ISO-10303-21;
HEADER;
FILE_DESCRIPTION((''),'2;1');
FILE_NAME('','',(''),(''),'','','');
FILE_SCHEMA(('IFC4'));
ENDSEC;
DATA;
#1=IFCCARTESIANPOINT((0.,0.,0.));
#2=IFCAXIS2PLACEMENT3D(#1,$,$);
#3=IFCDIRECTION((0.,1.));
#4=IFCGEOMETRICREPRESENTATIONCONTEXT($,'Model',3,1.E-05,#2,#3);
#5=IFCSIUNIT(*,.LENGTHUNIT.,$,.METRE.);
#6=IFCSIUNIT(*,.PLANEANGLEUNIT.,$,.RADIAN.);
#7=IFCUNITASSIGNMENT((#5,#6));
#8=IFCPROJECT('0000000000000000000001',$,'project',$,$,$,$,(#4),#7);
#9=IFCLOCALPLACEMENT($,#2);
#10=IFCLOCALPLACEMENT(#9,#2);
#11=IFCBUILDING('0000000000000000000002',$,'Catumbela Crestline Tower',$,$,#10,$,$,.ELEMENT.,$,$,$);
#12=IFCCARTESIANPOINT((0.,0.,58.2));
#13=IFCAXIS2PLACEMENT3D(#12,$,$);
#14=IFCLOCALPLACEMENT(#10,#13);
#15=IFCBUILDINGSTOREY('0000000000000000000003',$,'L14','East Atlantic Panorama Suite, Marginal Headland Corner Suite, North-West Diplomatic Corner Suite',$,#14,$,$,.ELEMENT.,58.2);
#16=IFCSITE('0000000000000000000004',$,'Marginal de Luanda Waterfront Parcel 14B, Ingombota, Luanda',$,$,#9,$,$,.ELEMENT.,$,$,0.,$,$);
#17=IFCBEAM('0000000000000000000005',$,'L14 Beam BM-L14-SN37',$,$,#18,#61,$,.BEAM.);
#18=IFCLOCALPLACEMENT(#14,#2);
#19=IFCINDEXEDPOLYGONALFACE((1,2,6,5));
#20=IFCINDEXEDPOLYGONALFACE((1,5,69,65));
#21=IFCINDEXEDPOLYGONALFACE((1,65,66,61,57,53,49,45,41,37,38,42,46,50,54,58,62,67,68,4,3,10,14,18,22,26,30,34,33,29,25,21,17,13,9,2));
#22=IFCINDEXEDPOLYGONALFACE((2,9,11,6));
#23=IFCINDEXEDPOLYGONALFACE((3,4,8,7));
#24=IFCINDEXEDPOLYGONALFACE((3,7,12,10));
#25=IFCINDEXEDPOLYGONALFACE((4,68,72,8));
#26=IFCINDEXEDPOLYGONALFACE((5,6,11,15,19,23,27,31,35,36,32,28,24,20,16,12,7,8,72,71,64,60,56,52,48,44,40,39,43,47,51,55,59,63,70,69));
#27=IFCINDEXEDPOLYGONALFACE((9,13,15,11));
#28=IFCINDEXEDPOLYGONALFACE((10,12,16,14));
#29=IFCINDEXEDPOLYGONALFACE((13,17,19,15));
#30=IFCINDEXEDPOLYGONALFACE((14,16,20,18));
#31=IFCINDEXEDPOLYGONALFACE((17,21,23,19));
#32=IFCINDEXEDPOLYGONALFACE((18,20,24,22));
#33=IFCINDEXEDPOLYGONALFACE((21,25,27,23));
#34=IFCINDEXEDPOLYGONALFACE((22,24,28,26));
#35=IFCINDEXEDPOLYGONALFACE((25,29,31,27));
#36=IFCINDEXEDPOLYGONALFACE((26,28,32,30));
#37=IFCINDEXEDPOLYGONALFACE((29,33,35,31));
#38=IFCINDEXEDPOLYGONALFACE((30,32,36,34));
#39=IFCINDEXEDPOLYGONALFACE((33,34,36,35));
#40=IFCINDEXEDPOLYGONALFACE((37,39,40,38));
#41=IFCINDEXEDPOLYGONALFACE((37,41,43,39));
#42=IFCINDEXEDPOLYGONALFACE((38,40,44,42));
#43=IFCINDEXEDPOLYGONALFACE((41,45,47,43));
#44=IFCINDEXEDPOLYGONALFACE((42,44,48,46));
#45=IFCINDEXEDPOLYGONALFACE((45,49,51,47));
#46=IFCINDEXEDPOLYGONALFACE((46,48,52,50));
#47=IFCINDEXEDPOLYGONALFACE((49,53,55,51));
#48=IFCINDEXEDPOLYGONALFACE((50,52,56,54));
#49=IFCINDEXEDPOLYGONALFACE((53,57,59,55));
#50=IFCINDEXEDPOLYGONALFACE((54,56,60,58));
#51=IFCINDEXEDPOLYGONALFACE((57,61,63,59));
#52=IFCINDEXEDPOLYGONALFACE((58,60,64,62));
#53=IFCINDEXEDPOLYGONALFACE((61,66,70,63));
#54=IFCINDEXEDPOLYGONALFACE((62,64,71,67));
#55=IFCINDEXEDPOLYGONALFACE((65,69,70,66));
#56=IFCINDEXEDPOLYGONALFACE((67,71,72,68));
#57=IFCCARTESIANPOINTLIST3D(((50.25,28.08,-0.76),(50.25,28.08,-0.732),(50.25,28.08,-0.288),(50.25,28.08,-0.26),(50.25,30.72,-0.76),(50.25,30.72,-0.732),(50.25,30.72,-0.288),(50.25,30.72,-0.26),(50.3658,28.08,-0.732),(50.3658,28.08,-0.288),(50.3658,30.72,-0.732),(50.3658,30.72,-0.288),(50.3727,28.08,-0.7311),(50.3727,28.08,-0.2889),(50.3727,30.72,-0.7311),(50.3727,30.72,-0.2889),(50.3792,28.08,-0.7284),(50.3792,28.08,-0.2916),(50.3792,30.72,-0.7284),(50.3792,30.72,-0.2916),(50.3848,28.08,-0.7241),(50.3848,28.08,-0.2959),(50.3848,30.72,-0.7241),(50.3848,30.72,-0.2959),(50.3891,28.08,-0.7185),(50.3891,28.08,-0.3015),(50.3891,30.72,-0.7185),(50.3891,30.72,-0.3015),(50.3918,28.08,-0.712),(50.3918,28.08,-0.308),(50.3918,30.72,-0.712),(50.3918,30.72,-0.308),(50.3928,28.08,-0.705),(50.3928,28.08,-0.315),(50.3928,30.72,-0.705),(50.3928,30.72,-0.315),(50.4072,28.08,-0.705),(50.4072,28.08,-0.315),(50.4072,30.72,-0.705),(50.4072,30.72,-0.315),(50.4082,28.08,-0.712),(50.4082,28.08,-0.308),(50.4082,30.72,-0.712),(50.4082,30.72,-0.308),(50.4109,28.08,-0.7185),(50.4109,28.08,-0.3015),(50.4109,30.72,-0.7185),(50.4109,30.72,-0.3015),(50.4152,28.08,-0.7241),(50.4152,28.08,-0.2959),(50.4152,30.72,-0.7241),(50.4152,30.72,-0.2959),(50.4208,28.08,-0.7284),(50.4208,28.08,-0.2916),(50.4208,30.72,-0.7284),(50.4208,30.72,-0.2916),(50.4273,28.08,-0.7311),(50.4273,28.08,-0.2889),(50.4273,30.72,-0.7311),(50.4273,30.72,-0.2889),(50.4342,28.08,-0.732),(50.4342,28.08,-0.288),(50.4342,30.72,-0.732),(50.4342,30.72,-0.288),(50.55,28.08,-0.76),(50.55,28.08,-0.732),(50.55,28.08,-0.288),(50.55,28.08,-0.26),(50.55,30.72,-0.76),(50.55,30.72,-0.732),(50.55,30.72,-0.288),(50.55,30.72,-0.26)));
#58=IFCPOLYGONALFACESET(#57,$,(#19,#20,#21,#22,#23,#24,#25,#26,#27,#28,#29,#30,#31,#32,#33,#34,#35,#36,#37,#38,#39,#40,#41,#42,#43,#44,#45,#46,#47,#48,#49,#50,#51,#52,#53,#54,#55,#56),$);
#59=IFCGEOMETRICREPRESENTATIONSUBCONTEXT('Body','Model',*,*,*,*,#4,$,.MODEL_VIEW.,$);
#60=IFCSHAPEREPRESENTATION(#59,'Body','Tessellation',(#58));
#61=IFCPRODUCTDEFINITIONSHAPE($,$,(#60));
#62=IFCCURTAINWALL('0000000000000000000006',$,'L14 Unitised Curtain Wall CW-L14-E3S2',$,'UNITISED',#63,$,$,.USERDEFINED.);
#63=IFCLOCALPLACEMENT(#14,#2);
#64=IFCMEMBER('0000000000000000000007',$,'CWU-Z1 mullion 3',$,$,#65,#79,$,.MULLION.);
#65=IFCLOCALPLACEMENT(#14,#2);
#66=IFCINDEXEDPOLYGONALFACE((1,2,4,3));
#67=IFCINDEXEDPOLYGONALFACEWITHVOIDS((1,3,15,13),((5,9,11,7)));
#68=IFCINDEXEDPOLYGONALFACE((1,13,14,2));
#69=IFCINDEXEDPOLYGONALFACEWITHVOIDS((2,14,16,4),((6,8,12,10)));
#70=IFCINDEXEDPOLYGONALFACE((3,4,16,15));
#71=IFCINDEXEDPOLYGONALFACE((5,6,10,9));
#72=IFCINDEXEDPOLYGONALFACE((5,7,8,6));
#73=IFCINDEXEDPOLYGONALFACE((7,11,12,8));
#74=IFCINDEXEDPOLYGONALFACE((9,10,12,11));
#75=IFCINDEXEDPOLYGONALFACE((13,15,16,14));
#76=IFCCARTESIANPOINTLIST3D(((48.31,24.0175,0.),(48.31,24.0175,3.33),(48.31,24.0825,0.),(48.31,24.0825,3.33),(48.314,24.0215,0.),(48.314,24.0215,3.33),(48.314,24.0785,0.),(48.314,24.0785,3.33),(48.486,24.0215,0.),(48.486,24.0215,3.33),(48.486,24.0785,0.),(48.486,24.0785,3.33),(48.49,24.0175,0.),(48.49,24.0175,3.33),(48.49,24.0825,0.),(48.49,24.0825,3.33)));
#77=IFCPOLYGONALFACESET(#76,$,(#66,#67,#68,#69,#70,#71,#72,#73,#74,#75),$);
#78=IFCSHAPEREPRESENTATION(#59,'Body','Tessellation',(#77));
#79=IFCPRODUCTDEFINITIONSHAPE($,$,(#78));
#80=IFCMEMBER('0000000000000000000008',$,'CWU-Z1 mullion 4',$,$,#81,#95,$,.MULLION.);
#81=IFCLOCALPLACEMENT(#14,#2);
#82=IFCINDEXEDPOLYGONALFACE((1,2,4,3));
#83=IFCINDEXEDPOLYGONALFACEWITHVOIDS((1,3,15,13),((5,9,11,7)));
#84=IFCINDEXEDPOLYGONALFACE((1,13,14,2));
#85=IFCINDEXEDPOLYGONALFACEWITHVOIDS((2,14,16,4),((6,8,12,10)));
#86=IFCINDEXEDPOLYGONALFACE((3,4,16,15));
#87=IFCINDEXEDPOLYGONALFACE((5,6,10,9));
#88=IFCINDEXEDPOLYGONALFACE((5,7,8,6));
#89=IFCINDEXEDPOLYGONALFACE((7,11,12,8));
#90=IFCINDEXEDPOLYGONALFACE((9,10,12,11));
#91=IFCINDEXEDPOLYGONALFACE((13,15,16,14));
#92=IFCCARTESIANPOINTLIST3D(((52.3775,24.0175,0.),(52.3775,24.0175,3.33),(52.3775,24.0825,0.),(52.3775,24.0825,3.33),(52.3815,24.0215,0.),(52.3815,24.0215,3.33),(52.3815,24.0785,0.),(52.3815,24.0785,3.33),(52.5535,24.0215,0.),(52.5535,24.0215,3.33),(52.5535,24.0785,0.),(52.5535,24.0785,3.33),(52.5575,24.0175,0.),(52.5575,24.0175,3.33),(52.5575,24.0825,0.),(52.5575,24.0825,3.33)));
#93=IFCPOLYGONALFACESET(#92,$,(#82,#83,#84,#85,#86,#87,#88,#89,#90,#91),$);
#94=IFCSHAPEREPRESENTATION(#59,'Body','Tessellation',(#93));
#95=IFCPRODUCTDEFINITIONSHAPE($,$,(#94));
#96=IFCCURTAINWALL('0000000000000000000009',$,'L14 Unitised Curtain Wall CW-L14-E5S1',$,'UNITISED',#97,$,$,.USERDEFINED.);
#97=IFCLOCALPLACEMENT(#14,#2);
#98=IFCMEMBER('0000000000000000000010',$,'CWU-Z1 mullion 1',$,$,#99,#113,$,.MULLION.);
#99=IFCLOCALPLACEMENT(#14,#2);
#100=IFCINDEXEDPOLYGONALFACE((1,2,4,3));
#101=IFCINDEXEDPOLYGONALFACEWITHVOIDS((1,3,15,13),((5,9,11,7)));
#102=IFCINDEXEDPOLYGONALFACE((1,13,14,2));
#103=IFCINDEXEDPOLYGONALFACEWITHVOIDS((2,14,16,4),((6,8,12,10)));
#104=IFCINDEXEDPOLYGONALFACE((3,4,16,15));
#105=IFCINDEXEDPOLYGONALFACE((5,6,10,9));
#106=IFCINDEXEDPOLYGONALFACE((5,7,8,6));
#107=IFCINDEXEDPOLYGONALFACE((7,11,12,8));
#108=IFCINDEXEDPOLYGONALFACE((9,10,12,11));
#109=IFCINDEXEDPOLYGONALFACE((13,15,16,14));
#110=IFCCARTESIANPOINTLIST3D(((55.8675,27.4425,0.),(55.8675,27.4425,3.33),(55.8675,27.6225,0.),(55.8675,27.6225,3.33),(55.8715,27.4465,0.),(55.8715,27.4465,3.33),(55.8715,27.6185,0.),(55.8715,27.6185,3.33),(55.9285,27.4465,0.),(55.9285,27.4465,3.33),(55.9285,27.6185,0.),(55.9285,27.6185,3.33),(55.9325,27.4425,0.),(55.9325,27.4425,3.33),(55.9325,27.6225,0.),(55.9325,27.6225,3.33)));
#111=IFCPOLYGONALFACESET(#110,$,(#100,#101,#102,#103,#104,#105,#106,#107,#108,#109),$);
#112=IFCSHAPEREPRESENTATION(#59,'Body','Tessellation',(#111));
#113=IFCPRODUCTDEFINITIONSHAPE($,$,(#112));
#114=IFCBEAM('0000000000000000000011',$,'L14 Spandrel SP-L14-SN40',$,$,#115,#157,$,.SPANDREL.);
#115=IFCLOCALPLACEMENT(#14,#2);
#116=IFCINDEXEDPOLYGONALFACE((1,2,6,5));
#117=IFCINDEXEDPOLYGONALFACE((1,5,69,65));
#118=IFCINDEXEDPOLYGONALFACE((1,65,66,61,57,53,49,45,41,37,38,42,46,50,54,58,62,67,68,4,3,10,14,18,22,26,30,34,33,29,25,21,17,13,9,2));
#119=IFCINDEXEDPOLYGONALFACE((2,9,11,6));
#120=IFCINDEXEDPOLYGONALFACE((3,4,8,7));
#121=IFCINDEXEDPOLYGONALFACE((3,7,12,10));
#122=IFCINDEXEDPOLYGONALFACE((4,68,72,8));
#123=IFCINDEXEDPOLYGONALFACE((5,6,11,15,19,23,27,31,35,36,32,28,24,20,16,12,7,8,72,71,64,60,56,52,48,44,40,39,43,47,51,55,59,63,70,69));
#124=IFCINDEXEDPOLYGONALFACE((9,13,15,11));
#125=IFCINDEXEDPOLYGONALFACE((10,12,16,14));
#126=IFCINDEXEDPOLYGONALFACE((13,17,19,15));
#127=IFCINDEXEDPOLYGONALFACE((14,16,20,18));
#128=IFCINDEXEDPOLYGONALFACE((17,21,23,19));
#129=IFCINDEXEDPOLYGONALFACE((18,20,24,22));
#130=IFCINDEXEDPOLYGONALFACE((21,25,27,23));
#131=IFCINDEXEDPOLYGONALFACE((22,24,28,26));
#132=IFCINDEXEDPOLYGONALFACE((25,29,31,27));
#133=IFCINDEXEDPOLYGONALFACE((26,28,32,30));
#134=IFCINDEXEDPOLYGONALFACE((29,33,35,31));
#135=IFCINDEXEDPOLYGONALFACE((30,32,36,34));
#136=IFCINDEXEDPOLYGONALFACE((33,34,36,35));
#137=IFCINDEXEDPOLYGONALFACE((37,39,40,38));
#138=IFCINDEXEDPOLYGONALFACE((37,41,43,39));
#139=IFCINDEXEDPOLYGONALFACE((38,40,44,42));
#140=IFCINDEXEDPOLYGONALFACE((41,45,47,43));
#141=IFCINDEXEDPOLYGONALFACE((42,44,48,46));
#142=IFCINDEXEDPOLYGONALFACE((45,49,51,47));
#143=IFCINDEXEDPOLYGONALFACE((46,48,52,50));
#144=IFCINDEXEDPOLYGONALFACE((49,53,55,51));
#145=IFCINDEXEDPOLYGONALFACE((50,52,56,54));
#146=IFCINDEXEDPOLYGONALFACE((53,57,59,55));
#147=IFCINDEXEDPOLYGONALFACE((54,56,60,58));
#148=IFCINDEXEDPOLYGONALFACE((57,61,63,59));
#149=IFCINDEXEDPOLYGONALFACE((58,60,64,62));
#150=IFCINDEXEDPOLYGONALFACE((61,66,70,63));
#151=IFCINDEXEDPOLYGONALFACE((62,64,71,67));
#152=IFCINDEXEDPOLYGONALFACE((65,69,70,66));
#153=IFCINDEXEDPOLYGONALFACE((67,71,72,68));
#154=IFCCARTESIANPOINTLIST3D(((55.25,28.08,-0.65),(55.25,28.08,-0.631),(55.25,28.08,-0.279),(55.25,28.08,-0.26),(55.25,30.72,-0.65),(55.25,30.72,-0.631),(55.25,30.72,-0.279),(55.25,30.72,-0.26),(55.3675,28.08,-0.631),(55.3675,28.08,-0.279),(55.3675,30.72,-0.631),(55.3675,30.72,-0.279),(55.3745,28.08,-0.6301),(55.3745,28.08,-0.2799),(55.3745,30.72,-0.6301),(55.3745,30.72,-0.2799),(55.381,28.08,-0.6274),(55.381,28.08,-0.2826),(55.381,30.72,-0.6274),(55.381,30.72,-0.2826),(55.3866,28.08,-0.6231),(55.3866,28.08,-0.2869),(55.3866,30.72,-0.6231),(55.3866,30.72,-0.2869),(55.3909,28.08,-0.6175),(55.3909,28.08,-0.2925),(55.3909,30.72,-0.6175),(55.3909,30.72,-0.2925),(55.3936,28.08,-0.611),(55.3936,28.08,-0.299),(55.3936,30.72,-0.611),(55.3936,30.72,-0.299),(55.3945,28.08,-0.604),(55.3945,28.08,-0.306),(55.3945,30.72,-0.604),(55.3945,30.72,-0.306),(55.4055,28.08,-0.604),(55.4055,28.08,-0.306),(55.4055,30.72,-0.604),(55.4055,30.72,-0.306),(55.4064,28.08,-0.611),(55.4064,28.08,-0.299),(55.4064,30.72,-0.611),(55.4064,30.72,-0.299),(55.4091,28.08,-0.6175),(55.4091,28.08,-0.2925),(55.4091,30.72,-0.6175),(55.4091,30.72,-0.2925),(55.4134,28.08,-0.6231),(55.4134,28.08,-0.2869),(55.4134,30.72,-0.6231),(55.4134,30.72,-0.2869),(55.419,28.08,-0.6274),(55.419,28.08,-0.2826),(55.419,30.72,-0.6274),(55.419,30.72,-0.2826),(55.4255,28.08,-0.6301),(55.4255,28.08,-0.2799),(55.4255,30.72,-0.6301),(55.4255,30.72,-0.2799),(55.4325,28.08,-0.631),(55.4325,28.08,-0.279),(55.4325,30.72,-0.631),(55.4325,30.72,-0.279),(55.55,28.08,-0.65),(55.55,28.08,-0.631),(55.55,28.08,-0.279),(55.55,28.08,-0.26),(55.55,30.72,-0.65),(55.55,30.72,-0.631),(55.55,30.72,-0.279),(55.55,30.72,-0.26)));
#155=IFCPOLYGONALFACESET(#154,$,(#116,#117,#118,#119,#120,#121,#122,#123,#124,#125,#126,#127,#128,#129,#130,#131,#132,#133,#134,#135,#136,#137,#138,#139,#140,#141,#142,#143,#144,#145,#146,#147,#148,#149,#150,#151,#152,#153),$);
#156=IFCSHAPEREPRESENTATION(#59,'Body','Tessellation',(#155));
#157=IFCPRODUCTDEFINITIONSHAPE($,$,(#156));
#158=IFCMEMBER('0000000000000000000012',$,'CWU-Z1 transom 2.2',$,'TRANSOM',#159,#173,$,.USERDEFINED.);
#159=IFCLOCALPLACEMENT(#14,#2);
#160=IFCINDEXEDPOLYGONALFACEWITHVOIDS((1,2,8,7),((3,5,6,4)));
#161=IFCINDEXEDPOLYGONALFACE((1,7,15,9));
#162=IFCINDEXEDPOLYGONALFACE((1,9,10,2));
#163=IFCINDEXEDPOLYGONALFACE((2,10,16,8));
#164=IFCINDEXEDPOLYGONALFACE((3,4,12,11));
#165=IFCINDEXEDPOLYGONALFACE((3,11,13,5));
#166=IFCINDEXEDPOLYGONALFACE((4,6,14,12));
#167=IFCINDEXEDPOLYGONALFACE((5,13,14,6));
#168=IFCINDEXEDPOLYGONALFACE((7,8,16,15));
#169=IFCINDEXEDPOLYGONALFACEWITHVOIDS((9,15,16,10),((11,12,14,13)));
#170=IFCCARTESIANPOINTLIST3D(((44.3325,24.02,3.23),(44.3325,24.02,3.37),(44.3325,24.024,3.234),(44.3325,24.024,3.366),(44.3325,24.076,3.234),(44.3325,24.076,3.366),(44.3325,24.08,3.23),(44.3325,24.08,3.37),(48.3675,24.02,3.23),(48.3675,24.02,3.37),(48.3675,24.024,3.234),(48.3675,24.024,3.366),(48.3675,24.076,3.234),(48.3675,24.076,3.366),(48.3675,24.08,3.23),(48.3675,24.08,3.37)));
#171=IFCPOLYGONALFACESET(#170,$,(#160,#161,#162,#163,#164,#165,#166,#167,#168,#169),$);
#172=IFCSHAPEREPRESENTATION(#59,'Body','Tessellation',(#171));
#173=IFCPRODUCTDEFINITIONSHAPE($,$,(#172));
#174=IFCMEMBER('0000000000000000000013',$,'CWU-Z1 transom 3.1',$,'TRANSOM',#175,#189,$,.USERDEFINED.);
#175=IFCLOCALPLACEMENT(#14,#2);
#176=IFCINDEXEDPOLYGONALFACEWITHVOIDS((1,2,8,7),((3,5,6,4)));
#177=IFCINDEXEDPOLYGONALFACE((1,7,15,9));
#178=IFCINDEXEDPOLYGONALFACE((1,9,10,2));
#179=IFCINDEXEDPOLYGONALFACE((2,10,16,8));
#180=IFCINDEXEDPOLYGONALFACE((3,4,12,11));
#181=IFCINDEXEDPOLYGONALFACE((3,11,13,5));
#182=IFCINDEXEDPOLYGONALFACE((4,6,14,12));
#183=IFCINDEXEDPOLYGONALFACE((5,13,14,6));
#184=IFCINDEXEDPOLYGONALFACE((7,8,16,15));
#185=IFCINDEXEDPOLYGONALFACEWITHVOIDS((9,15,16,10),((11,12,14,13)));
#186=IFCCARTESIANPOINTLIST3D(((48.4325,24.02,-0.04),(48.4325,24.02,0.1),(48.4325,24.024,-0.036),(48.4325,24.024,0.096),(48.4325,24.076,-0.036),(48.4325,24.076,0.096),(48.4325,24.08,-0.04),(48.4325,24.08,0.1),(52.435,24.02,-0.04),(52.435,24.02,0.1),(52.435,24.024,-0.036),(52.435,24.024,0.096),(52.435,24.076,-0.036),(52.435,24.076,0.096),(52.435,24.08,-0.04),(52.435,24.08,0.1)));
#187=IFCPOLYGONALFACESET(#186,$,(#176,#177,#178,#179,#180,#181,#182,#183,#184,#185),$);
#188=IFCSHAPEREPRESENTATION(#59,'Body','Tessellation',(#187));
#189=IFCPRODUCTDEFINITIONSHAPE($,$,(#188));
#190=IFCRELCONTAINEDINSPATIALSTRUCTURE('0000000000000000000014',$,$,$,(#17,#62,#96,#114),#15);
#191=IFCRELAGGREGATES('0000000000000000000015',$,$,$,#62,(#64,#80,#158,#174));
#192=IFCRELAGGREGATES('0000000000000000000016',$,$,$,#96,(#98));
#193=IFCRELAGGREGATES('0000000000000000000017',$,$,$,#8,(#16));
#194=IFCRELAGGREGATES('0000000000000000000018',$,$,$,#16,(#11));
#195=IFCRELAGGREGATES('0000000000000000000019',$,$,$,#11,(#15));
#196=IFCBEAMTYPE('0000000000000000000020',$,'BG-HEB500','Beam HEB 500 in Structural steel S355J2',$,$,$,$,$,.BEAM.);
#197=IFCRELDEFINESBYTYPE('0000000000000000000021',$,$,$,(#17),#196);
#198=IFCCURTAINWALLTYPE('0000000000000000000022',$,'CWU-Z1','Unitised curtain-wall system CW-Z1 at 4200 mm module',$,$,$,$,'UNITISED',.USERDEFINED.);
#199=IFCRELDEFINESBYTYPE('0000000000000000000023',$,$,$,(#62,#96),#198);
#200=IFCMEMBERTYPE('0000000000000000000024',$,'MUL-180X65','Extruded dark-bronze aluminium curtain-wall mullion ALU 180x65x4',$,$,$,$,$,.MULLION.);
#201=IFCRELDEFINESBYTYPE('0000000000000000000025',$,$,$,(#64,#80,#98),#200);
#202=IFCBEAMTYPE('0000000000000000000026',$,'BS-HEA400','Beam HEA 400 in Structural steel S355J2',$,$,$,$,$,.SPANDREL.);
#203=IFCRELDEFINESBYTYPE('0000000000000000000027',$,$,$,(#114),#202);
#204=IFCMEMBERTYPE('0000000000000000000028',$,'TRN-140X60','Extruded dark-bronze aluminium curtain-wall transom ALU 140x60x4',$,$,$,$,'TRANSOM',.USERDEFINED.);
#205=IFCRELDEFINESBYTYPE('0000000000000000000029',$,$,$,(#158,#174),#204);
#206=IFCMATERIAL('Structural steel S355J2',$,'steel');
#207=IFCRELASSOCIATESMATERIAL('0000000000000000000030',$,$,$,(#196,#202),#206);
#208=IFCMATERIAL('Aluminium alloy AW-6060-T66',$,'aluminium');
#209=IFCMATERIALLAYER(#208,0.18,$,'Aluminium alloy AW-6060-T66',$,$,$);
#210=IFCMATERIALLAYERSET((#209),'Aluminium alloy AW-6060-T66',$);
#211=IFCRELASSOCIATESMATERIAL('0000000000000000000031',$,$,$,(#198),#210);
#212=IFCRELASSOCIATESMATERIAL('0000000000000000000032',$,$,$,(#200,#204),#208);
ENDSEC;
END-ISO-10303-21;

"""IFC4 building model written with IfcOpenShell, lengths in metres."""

from ifc_helpers import new_model, si_unit, direction, frame, origin, origin_2d, place, context, subcontext, project, spatial, hollow_rectangle, i_section, extrude, material, layer, layer_set, material_profile, profile_set, type_object, element, aggregate, save


model = new_model("IFC4")

# Units and contexts
model_context = context("Model", 3, precision=1e-05, world=origin(), true_north=direction((0.0, 1.0)))
body_context = subcontext(model_context, "Body", "Model", "MODEL_VIEW")
ifc_project = project(units=[si_unit("LENGTHUNIT", "METRE"), si_unit("PLANEANGLEUNIT", "RADIAN")], contexts=[model_context])

# Site, building, storey
site_placement = place(None, origin())
site = spatial("IfcSite", under=ifc_project, at=site_placement, Name="Marginal de Luanda Waterfront Parcel 14B, Ingombota, Luanda", CompositionType="ELEMENT", RefElevation=0.0)
building_placement = place(site_placement, origin())
building = spatial("IfcBuilding", under=site, at=building_placement, Name="Catumbela Crestline Tower", CompositionType="ELEMENT")
storey_placement = place(building_placement, frame((0.0, 0.0, 58.2)))
storey = spatial("IfcBuildingStorey", under=building, at=storey_placement, Name="L14", Description="East Atlantic Panorama Suite, Marginal Headland Corner Suite, North-West Diplomatic Corner Suite", CompositionType="ELEMENT", Elevation=58.2)

# Beam
ifc_material_1 = material(Name="Structural steel S355J2", Category="steel")
ifc_material_profile_1 = material_profile(ifc_material_1, i_section(OverallWidth=0.3, OverallDepth=0.5, WebThickness=0.0145, FlangeThickness=0.028, FilletRadius=0.027, at=origin_2d()), Name="HEB 500")
ifc_profile_set_1 = profile_set([ifc_material_profile_1], Name="Structural steel S355J2")
beam_type_1 = type_object("IfcBeamType", Name="BG-HEB500", Description="Beam HEB 500 in Structural steel S355J2", PredefinedType="BEAM", material=ifc_profile_set_1)
beam_1_placement = place(storey_placement, frame((50.4, 28.08, -0.51), z_axis=(0.0, 1.0, 0.0), x_axis=(-1.0, 0.0, 0.0)))
element("IfcBeam", 1, at=beam_1_placement, inside=storey, type_object=beam_type_1, Name="L14 Beam BM-L14-SN37", PredefinedType="BEAM", context=body_context, shape_type="SweptSolid", body=[
    extrude(i_section(OverallWidth=0.3, OverallDepth=0.5, WebThickness=0.0145, FlangeThickness=0.028, FilletRadius=0.027, at=origin_2d()), origin(), (0.0, 0.0, 1.0), 2.64),
])

# Curtain wall, members
ifc_material_2 = material(Name="Aluminium alloy AW-6060-T66", Category="aluminium")
ifc_layer_1 = layer(ifc_material_2, 0.18, Name="Aluminium alloy AW-6060-T66")
ifc_layer_set_1 = layer_set([ifc_layer_1], Name="Aluminium alloy AW-6060-T66")
curtain_wall_type = type_object("IfcCurtainWallType", Name="CWU-Z1", Description="Unitised curtain-wall system CW-Z1 at 4200 mm module", ElementType="UNITISED", PredefinedType="USERDEFINED", material=ifc_layer_set_1)
curtain_wall_1_placement = place(storey_placement, origin())
curtain_wall_1 = element("IfcCurtainWall", 2, at=curtain_wall_1_placement, inside=storey, type_object=curtain_wall_type, Name="L14 Unitised Curtain Wall CW-L14-E3S2", ObjectType="UNITISED", PredefinedType="USERDEFINED")
ifc_material_profile_2 = material_profile(ifc_material_2, hollow_rectangle(XDim=0.065, YDim=0.18, WallThickness=0.004, at=origin_2d()), Name="ALU 180x65x4")
ifc_profile_set_2 = profile_set([ifc_material_profile_2], Name="Aluminium alloy AW-6060-T66")
member_type_1 = type_object("IfcMemberType", Name="MUL-180X65", Description="Extruded dark-bronze aluminium curtain-wall mullion ALU 180x65x4", PredefinedType="MULLION", material=ifc_profile_set_2)
member_1_placement = place(storey_placement, frame((48.4, 24.05, 0.0), z_axis=(0.0, 0.0, 1.0), x_axis=(0.0, 1.0, 0.0)))
member_1 = element("IfcMember", 3, at=member_1_placement, type_object=member_type_1, Name="CWU-Z1 mullion 3", PredefinedType="MULLION", context=body_context, shape_type="SweptSolid", body=[
    extrude(hollow_rectangle(XDim=0.065, YDim=0.18, WallThickness=0.004, at=origin_2d()), origin(), (0.0, 0.0, 1.0), 3.33),
])
member_2_placement = place(storey_placement, frame((52.4675, 24.05, 0.0), z_axis=(0.0, 0.0, 1.0), x_axis=(0.0, 1.0, 0.0)))
member_2 = element("IfcMember", 4, at=member_2_placement, type_object=member_type_1, Name="CWU-Z1 mullion 4", PredefinedType="MULLION", context=body_context, shape_type="SweptSolid", body=[
    extrude(hollow_rectangle(XDim=0.065, YDim=0.18, WallThickness=0.004, at=origin_2d()), origin(), (0.0, 0.0, 1.0), 3.33),
])

# Curtain wall, member
curtain_wall_2_placement = place(storey_placement, origin())
curtain_wall_2 = element("IfcCurtainWall", 5, at=curtain_wall_2_placement, inside=storey, type_object=curtain_wall_type, Name="L14 Unitised Curtain Wall CW-L14-E5S1", ObjectType="UNITISED", PredefinedType="USERDEFINED")
member_3_placement = place(storey_placement, frame((55.9, 27.5325, 0.0), z_axis=(0.0, 0.0, 1.0), x_axis=(-1.0, 0.0, 0.0)))
member_3 = element("IfcMember", 6, at=member_3_placement, type_object=member_type_1, Name="CWU-Z1 mullion 1", PredefinedType="MULLION", context=body_context, shape_type="SweptSolid", body=[
    extrude(hollow_rectangle(XDim=0.065, YDim=0.18, WallThickness=0.004, at=origin_2d()), origin(), (0.0, 0.0, 1.0), 3.33),
])

# Beam
ifc_material_profile_3 = material_profile(ifc_material_1, i_section(OverallWidth=0.3, OverallDepth=0.39, WebThickness=0.011, FlangeThickness=0.019, FilletRadius=0.027, at=origin_2d()), Name="HEA 400")
ifc_profile_set_3 = profile_set([ifc_material_profile_3], Name="Structural steel S355J2")
beam_type_2 = type_object("IfcBeamType", Name="BS-HEA400", Description="Beam HEA 400 in Structural steel S355J2", PredefinedType="SPANDREL", material=ifc_profile_set_3)
beam_2_placement = place(storey_placement, frame((55.4, 28.08, -0.455), z_axis=(0.0, 1.0, 0.0), x_axis=(-1.0, 0.0, 0.0)))
element("IfcBeam", 7, at=beam_2_placement, inside=storey, type_object=beam_type_2, Name="L14 Spandrel SP-L14-SN40", PredefinedType="SPANDREL", context=body_context, shape_type="SweptSolid", body=[
    extrude(i_section(OverallWidth=0.3, OverallDepth=0.39, WebThickness=0.011, FlangeThickness=0.019, FilletRadius=0.027, at=origin_2d()), origin(), (0.0, 0.0, 1.0), 2.64),
])

# Members
ifc_material_profile_4 = material_profile(ifc_material_2, hollow_rectangle(XDim=0.06, YDim=0.14, WallThickness=0.004, at=origin_2d()), Name="ALU 140x60x4")
ifc_profile_set_4 = profile_set([ifc_material_profile_4], Name="Aluminium alloy AW-6060-T66")
member_type_2 = type_object("IfcMemberType", Name="TRN-140X60", Description="Extruded dark-bronze aluminium curtain-wall transom ALU 140x60x4", ElementType="TRANSOM", PredefinedType="USERDEFINED", material=ifc_profile_set_4)
member_4_placement = place(storey_placement, frame((44.3325, 24.05, 3.3), z_axis=(1.0, 0.0, 0.0), x_axis=(0.0, 1.0, 0.0)))
member_4 = element("IfcMember", 8, at=member_4_placement, type_object=member_type_2, Name="CWU-Z1 transom 2.2", ObjectType="TRANSOM", PredefinedType="USERDEFINED", context=body_context, shape_type="SweptSolid", body=[
    extrude(hollow_rectangle(XDim=0.06, YDim=0.14, WallThickness=0.004, at=origin_2d()), origin(), (0.0, 0.0, 1.0), 4.035),
])
member_5_placement = place(storey_placement, frame((48.4325, 24.05, 0.03), z_axis=(1.0, 0.0, 0.0), x_axis=(0.0, 1.0, 0.0)))
member_5 = element("IfcMember", 9, at=member_5_placement, type_object=member_type_2, Name="CWU-Z1 transom 3.1", ObjectType="TRANSOM", PredefinedType="USERDEFINED", context=body_context, shape_type="SweptSolid", body=[
    extrude(hollow_rectangle(XDim=0.06, YDim=0.14, WallThickness=0.004, at=origin_2d()), origin(), (0.0, 0.0, 1.0), 4.0025),
])

aggregate(curtain_wall_1, [member_1, member_2, member_4, member_5])
aggregate(curtain_wall_2, [member_3])

save(model, "model.ifc")
